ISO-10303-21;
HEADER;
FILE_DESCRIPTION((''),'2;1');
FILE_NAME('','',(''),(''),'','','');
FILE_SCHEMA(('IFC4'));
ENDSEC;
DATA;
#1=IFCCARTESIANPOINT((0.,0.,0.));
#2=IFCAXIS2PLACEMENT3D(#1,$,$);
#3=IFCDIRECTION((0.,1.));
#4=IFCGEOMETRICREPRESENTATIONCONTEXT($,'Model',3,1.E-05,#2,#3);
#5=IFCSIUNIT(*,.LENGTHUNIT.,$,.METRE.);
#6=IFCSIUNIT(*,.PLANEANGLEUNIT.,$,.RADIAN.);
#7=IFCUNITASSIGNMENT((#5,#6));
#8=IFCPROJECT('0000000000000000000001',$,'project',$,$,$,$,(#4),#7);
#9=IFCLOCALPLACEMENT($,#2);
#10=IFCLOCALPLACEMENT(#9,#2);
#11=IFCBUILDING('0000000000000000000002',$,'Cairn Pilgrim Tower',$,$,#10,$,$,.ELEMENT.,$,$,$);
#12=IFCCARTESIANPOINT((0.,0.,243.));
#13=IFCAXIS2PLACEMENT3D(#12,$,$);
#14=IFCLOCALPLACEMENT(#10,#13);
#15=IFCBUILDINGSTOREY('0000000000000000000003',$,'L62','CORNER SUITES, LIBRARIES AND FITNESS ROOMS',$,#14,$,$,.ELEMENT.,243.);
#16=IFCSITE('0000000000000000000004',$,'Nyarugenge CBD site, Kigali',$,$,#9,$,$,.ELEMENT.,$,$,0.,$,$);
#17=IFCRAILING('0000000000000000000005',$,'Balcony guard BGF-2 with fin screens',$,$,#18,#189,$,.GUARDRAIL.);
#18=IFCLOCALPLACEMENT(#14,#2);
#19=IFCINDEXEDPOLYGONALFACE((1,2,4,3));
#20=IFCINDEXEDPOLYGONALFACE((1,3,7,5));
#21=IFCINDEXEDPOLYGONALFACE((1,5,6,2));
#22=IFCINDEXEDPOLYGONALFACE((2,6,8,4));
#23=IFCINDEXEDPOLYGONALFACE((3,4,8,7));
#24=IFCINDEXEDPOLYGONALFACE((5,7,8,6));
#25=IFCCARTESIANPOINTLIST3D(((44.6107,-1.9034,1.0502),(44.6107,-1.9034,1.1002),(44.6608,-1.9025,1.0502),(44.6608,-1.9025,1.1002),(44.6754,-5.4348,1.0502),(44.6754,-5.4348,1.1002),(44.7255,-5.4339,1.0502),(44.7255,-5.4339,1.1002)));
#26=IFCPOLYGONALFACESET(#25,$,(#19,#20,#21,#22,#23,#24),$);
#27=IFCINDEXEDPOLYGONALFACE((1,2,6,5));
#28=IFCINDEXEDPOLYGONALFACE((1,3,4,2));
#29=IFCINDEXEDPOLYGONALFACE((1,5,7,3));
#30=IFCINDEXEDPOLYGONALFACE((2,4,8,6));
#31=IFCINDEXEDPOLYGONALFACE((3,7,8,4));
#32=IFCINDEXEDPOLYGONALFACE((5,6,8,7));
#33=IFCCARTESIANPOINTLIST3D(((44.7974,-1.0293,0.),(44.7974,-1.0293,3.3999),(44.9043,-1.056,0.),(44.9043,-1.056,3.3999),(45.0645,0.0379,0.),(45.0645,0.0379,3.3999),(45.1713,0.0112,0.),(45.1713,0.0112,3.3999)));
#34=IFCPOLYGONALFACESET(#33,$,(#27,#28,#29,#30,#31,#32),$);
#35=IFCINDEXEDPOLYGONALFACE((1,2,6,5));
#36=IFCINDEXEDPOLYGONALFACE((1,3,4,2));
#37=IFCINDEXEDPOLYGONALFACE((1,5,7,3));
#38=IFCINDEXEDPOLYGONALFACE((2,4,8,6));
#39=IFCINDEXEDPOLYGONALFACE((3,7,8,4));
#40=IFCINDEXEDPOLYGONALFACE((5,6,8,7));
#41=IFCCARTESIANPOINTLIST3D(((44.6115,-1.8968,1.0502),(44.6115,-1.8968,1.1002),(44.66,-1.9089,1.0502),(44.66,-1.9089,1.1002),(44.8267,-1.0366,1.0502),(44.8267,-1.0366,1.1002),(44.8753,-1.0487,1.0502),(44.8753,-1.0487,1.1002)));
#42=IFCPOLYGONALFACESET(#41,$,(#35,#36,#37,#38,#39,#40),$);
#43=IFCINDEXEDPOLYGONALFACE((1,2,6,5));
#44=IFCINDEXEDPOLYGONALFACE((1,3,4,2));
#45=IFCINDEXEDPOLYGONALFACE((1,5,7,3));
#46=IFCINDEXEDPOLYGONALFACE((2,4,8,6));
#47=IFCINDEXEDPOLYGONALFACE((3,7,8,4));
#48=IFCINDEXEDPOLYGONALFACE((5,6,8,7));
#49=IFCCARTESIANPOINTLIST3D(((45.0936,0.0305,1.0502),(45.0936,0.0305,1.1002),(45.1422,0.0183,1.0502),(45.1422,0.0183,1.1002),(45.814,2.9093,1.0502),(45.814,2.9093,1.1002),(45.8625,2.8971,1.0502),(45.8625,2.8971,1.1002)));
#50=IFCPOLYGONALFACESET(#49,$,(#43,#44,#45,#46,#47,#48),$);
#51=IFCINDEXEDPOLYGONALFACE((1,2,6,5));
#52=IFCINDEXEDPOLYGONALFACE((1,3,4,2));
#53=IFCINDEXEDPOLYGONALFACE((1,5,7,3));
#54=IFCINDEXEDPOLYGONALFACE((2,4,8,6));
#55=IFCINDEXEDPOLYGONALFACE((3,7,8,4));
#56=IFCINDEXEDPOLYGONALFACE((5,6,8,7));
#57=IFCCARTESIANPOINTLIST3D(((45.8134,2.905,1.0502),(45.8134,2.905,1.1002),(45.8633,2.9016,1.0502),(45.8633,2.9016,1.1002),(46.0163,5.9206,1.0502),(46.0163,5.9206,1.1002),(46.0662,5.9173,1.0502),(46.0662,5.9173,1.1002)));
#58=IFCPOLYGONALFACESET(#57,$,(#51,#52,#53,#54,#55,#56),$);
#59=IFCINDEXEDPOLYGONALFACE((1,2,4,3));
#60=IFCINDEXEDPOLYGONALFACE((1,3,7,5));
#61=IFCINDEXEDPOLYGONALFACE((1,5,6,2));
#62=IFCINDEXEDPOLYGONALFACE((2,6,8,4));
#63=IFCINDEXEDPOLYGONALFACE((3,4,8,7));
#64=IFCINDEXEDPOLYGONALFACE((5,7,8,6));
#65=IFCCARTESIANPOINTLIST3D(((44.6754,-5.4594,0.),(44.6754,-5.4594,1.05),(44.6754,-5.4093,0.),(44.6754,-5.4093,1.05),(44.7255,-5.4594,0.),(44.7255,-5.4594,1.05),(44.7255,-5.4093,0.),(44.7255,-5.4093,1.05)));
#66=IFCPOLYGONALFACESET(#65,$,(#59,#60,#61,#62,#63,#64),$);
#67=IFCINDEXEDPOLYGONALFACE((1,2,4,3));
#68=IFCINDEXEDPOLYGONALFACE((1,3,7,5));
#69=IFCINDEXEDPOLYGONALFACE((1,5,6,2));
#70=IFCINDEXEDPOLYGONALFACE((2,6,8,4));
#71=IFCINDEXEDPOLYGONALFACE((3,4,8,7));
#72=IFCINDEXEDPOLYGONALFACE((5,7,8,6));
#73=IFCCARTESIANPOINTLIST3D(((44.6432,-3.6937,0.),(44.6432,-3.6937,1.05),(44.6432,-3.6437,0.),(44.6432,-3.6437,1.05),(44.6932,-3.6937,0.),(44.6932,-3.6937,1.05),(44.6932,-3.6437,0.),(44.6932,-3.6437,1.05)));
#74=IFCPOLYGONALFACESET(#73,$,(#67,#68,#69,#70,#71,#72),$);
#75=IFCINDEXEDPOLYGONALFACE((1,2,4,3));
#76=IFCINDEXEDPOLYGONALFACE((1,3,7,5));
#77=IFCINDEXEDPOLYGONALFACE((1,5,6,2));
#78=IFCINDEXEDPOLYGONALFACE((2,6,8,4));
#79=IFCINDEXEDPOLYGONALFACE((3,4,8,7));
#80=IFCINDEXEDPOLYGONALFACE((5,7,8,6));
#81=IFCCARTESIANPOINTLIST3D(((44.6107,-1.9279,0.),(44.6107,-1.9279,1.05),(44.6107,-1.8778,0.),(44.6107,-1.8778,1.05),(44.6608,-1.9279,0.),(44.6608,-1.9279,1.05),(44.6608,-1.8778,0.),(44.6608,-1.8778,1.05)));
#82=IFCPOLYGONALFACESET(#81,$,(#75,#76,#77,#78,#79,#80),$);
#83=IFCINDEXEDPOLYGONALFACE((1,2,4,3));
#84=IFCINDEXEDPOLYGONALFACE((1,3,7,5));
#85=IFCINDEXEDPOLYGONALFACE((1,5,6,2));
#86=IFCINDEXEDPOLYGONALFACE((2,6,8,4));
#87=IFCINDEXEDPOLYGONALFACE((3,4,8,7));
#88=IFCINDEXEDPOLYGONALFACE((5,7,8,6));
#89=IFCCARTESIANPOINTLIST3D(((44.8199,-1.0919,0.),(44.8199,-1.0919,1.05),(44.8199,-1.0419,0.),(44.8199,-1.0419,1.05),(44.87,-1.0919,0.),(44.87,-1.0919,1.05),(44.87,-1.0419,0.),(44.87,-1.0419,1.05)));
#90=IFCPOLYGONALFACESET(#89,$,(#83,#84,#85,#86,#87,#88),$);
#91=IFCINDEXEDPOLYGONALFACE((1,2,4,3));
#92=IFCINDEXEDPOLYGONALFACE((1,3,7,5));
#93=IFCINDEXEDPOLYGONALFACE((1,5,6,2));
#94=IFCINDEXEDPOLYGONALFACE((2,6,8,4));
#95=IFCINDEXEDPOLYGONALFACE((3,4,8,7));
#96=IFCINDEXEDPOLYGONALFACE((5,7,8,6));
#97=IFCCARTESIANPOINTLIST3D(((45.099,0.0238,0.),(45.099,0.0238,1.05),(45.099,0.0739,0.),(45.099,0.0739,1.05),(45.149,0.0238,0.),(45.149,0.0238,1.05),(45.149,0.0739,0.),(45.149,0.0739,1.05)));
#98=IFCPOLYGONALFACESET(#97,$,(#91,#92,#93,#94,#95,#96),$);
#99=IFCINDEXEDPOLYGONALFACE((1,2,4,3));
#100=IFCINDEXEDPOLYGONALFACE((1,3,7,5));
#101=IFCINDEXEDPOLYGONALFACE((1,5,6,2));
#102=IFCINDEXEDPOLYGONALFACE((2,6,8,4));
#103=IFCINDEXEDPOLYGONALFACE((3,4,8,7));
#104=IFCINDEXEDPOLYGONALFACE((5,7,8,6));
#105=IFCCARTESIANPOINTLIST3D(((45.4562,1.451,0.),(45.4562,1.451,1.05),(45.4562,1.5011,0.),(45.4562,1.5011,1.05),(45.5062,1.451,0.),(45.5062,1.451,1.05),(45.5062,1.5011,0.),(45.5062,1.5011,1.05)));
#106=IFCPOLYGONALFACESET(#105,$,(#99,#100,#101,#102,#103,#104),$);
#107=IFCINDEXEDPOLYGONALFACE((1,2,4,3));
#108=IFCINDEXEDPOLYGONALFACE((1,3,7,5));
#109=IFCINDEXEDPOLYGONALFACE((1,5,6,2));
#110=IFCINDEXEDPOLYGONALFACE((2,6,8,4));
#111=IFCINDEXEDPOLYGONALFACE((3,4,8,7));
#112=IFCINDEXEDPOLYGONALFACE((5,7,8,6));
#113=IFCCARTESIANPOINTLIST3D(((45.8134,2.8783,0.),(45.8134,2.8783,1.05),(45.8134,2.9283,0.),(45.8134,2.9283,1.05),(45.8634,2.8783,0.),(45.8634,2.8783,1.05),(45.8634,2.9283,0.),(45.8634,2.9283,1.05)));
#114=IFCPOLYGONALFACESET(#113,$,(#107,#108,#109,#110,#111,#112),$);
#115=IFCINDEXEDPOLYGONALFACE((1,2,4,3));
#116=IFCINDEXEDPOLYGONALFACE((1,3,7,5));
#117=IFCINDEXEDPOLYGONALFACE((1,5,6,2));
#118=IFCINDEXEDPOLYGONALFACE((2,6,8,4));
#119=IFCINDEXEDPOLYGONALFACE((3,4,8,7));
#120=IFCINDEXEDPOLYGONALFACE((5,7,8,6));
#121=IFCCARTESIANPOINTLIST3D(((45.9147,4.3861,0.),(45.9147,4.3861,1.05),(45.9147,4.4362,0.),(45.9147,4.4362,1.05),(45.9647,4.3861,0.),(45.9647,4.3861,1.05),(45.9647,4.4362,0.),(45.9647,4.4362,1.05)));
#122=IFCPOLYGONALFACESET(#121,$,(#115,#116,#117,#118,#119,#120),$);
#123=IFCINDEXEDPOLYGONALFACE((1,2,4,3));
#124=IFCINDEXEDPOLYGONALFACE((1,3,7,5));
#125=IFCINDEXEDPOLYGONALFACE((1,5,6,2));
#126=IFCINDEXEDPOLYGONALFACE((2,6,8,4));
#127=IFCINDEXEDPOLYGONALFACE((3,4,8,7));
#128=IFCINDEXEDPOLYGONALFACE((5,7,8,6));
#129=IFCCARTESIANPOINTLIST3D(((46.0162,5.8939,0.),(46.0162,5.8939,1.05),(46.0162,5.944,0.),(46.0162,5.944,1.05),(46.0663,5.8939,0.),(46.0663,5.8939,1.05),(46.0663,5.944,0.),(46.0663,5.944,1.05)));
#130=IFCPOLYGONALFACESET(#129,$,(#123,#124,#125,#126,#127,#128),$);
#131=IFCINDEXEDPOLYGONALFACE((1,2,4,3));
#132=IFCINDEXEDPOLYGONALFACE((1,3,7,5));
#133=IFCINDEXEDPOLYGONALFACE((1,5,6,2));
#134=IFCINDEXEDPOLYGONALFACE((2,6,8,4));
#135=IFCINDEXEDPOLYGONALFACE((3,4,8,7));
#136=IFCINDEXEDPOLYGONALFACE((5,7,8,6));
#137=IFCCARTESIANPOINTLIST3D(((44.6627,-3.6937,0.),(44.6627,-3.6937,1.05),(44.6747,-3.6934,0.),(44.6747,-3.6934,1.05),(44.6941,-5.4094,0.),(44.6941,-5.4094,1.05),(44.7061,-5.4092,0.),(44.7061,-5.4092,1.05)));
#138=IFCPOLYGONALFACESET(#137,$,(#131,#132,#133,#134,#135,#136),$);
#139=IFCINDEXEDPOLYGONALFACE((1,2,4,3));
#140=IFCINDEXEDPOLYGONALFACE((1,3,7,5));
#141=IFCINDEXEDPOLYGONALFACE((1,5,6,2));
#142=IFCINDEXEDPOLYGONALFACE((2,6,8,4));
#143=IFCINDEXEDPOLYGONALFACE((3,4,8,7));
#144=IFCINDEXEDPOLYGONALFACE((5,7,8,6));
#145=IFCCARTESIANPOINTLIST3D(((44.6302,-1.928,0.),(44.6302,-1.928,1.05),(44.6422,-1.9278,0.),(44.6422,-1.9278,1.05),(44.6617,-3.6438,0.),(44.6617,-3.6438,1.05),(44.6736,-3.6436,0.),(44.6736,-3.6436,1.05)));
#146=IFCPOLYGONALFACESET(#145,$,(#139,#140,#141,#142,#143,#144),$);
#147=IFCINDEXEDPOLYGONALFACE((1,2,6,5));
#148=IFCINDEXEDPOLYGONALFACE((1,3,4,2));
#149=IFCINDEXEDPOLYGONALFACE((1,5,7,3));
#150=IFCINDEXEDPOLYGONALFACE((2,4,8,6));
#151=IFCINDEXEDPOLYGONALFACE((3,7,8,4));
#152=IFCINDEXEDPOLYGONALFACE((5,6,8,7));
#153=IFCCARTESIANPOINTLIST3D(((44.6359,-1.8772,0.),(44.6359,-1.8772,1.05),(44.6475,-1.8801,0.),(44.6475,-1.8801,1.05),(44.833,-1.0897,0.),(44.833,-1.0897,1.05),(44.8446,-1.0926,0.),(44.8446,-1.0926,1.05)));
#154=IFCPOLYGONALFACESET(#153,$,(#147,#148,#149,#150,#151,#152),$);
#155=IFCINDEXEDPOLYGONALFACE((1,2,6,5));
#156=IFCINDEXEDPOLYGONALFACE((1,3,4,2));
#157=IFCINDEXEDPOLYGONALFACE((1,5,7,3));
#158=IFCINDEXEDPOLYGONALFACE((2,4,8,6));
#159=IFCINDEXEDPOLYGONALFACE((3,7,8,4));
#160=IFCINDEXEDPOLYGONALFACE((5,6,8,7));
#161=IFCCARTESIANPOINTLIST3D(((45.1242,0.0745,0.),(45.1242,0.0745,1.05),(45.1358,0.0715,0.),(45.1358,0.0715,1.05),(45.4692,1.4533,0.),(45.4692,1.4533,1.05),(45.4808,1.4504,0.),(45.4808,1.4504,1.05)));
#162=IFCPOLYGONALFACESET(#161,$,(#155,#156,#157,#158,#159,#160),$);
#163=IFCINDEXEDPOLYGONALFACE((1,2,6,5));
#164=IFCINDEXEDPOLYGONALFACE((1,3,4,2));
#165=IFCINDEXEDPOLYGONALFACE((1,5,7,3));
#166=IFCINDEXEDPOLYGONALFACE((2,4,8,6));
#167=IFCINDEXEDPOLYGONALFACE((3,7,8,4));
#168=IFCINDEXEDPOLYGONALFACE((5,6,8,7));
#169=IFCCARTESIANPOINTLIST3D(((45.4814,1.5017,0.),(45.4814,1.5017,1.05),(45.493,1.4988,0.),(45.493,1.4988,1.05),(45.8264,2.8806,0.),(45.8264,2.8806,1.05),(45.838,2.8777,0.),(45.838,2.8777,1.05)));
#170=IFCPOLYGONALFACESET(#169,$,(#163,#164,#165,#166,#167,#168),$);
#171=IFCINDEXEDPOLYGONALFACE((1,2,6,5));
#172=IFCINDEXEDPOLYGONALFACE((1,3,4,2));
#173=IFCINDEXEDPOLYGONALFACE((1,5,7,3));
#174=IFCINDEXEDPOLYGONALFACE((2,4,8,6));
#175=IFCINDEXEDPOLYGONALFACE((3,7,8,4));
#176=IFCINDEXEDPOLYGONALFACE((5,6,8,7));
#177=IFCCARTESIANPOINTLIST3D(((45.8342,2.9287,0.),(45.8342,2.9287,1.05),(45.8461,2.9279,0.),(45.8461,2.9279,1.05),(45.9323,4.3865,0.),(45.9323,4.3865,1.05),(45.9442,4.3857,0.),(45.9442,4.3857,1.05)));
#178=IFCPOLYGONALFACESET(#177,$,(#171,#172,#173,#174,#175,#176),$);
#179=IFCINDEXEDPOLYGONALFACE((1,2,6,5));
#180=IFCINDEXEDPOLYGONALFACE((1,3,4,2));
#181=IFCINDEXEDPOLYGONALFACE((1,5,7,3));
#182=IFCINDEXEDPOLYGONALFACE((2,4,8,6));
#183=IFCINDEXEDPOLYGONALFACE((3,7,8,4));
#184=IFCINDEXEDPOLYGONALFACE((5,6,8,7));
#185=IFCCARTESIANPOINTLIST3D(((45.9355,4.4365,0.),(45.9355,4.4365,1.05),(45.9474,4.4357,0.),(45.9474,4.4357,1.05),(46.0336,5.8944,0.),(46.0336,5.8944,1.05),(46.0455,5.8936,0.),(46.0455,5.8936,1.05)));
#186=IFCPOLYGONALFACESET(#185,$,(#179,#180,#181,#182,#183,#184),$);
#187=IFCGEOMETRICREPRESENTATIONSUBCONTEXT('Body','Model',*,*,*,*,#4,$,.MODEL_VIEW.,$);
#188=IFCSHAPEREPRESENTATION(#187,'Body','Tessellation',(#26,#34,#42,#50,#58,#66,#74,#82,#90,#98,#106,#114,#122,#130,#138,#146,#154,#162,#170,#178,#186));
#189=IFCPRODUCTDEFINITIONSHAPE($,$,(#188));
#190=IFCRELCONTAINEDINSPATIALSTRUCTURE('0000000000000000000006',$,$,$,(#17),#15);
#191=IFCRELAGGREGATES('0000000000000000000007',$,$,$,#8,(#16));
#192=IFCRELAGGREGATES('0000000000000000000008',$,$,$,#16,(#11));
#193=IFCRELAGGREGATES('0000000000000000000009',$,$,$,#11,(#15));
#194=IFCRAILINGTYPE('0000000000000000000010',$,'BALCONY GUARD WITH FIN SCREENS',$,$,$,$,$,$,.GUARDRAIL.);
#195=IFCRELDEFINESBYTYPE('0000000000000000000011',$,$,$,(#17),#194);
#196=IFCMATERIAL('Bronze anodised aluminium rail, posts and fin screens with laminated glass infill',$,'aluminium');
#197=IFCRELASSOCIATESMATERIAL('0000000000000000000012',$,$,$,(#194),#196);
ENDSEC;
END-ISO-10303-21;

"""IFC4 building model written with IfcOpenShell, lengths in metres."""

from ifc_helpers import new_model, si_unit, direction, frame, origin, origin_2d, place, context, subcontext, project, spatial, polyline, rectangle, outline, extrude, material, type_object, element, save


model = new_model("IFC4")

# Units and contexts
model_context = context("Model", 3, precision=1e-05, world=origin(), true_north=direction((0.0, 1.0)))
body_context = subcontext(model_context, "Body", "Model", "MODEL_VIEW")
ifc_project = project(units=[si_unit("LENGTHUNIT", "METRE"), si_unit("PLANEANGLEUNIT", "RADIAN")], contexts=[model_context])

# Site, building, storey
site_placement = place(None, origin())
site = spatial("IfcSite", under=ifc_project, at=site_placement, Name="Nyarugenge CBD site, Kigali", CompositionType="ELEMENT", RefElevation=0.0)
building_placement = place(site_placement, origin())
building = spatial("IfcBuilding", under=site, at=building_placement, Name="Cairn Pilgrim Tower", CompositionType="ELEMENT")
storey_placement = place(building_placement, frame((0.0, 0.0, 243.0)))
storey = spatial("IfcBuildingStorey", under=building, at=storey_placement, Name="L62", Description="CORNER SUITES, LIBRARIES AND FITNESS ROOMS", CompositionType="ELEMENT", Elevation=243.0)

# Railing
ifc_material_1 = material(Name="Bronze anodised aluminium rail, posts and fin screens with laminated glass infill", Category="aluminium")
railing_type = type_object("IfcRailingType", Name="BALCONY GUARD WITH FIN SCREENS", PredefinedType="GUARDRAIL", material=ifc_material_1)
railing_placement = place(storey_placement, frame((44.7004, -5.4343, 0.0)))
element("IfcRailing", 1, at=railing_placement, inside=storey, type_object=railing_type, Name="Balcony guard BGF-2 with fin screens", PredefinedType="GUARDRAIL", context=body_context, shape_type="SweptSolid", body=[
    extrude(rectangle(XDim=0.05, YDim=0.05, at=origin_2d()), frame((0.0, 0.0, 1.0752), z_axis=(-0.018317, 0.999832, 0.0), x_axis=(-0.999832, -0.018317, 0.0)), (0.0, 0.0, 1.0), 3.532),
    extrude(rectangle(XDim=1.1001, YDim=0.1101, at=origin_2d()), frame((0.2839, 4.9253, 0.0), z_axis=(0.0, 0.0, 1.0), x_axis=(0.242744, 0.97009, 0.0)), (0.0, 0.0, 1.0), 3.3999),
    extrude(rectangle(XDim=0.05, YDim=0.05, at=origin_2d()), frame((-0.0647, 3.5315, 1.0752), z_axis=(0.242744, 0.97009, 0.0), x_axis=(-0.97009, 0.242744, 0.0)), (0.0, 0.0, 1.0), 0.8867),
    extrude(rectangle(XDim=0.05, YDim=0.05, at=origin_2d()), frame((0.4175, 5.4587, 1.0752), z_axis=(0.242744, 0.97009, 0.0), x_axis=(-0.97009, 0.242744, 0.0)), (0.0, 0.0, 1.0), 2.9675),
    extrude(rectangle(XDim=0.05, YDim=0.05, at=origin_2d()), frame((1.1379, 8.3376, 1.0752), z_axis=(0.067125, 0.997745, 0.0), x_axis=(-0.997745, 0.067125, 0.0)), (0.0, 0.0, 1.0), 3.0225),
    extrude(rectangle(XDim=0.05, YDim=0.05, at=origin_2d()), origin(), (0.0, 0.0, 1.0), 1.05),
    extrude(rectangle(XDim=0.05, YDim=0.05, at=origin_2d()), frame((-0.0322, 1.7656, 0.0)), (0.0, 0.0, 1.0), 1.05),
    extrude(rectangle(XDim=0.05, YDim=0.05, at=origin_2d()), frame((-0.0647, 3.5315, 0.0)), (0.0, 0.0, 1.0), 1.05),
    extrude(rectangle(XDim=0.05, YDim=0.05, at=origin_2d()), frame((0.1445, 4.3674, 0.0)), (0.0, 0.0, 1.0), 1.05),
    extrude(rectangle(XDim=0.05, YDim=0.05, at=origin_2d()), frame((0.4236, 5.4832, 0.0)), (0.0, 0.0, 1.0), 1.05),
    extrude(rectangle(XDim=0.05, YDim=0.05, at=origin_2d()), frame((0.7808, 6.9104, 0.0)), (0.0, 0.0, 1.0), 1.05),
    extrude(rectangle(XDim=0.05, YDim=0.05, at=origin_2d()), frame((1.1379, 8.3376, 0.0)), (0.0, 0.0, 1.0), 1.05),
    extrude(rectangle(XDim=0.05, YDim=0.05, at=origin_2d()), frame((1.2393, 9.8455, 0.0)), (0.0, 0.0, 1.0), 1.05),
    extrude(rectangle(XDim=0.05, YDim=0.05, at=origin_2d()), frame((1.3408, 11.3533, 0.0)), (0.0, 0.0, 1.0), 1.05),
    extrude(outline(polyline([(0.0249, 0.0), (1.741, 0.0), (1.741, 1.05), (0.0249, 1.05), (0.0249, 0.0)])), frame((-0.0059, 0.0, 0.0), z_axis=(0.999832, 0.018317, 0.0), x_axis=(-0.018317, 0.999832, 0.0)), (0.0, 0.0, 1.0), 0.012),
    extrude(outline(polyline([(0.0249, 0.0), (1.741, 0.0), (1.741, 1.05), (0.0249, 1.05), (0.0249, 0.0)])), frame((-0.0383, 1.7656, 0.0), z_axis=(0.999832, 0.018317, 0.0), x_axis=(-0.018317, 0.999832, 0.0)), (0.0, 0.0, 1.0), 0.012),
    extrude(outline(polyline([(0.0249, 0.0), (0.8367, 0.0), (0.8367, 1.05), (0.0249, 1.05), (0.0249, 0.0)])), frame((-0.0706, 3.533, 0.0), z_axis=(0.97009, -0.242744, 0.0), x_axis=(0.242744, 0.97009, 0.0)), (0.0, 0.0, 1.0), 0.012),
    extrude(outline(polyline([(0.0249, 0.0), (1.4463, 0.0), (1.4463, 1.05), (0.0249, 1.05), (0.0249, 0.0)])), frame((0.4177, 5.4846, 0.0), z_axis=(0.97009, -0.242744, 0.0), x_axis=(0.242744, 0.97009, 0.0)), (0.0, 0.0, 1.0), 0.012),
    extrude(outline(polyline([(0.0249, 0.0), (1.4463, 0.0), (1.4463, 1.05), (0.0249, 1.05), (0.0249, 0.0)])), frame((0.7749, 6.9119, 0.0), z_axis=(0.97009, -0.242744, 0.0), x_axis=(0.242744, 0.97009, 0.0)), (0.0, 0.0, 1.0), 0.012),
    extrude(outline(polyline([(0.0249, 0.0), (1.4861, 0.0), (1.4861, 1.05), (0.0249, 1.05), (0.0249, 0.0)])), frame((1.1321, 8.3381, 0.0), z_axis=(0.997745, -0.067125, 0.0), x_axis=(0.067125, 0.997745, 0.0)), (0.0, 0.0, 1.0), 0.012),
    extrude(outline(polyline([(0.0249, 0.0), (1.4861, 0.0), (1.4861, 1.05), (0.0249, 1.05), (0.0249, 0.0)])), frame((1.2334, 9.8459, 0.0), z_axis=(0.997745, -0.067125, 0.0), x_axis=(0.067125, 0.997745, 0.0)), (0.0, 0.0, 1.0), 0.012),
])

save(model, "model.ifc")
